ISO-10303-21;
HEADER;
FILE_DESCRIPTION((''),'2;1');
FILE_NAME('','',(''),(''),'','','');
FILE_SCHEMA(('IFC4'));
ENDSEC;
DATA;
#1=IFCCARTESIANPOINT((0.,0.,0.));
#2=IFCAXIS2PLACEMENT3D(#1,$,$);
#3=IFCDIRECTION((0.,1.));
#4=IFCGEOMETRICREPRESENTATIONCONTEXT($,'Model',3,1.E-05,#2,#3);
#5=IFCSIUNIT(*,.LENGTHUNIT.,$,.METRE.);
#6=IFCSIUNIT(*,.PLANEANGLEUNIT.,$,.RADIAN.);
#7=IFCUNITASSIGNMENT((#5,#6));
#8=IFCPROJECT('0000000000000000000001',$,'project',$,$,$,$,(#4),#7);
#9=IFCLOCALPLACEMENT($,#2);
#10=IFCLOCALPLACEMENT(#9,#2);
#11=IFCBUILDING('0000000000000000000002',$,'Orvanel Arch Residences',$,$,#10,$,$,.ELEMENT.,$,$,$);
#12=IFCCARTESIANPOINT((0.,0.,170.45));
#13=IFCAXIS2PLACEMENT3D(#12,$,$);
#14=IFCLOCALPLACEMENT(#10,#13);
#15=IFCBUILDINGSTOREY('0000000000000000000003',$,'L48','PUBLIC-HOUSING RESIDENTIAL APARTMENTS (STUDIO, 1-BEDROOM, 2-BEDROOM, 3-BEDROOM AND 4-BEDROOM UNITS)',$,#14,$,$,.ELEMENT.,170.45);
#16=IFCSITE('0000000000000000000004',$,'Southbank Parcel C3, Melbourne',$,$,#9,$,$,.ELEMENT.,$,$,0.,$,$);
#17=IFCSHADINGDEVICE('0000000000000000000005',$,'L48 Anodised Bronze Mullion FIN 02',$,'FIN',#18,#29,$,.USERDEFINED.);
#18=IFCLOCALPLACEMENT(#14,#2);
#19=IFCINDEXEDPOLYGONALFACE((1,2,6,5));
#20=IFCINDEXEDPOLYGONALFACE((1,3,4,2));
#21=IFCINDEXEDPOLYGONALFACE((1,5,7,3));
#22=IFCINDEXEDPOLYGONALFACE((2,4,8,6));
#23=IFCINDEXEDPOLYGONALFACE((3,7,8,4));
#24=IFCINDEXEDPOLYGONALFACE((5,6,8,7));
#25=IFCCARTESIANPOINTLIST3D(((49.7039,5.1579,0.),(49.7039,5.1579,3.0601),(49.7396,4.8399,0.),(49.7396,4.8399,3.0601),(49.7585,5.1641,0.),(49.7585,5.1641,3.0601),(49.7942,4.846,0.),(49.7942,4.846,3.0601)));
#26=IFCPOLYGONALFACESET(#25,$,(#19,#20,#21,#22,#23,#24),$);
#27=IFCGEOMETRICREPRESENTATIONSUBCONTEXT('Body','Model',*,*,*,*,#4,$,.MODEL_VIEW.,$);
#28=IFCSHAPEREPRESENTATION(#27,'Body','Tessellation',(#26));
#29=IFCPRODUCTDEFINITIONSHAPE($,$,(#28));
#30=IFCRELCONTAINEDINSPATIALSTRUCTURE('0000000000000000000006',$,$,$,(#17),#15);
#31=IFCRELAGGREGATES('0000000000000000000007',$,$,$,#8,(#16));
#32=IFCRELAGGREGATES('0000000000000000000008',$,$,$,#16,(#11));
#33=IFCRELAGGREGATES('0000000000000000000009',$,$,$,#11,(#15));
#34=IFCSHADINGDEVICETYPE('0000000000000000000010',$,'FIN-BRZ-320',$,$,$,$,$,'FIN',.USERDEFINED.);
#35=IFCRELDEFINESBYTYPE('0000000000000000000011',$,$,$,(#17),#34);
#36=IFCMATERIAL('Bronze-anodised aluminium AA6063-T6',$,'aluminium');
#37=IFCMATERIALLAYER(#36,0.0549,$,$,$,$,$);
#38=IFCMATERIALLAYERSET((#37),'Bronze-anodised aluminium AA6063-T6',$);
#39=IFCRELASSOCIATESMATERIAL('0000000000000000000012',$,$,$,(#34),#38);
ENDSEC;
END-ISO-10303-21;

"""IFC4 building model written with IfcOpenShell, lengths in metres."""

from ifc_helpers import new_model, si_unit, direction, frame, origin, origin_2d, place, context, subcontext, project, spatial, rectangle, extrude, material, layer, layer_set, type_object, element, save


model = new_model("IFC4")

# Units and contexts
model_context = context("Model", 3, precision=1e-05, world=origin(), true_north=direction((0.0, 1.0)))
body_context = subcontext(model_context, "Body", "Model", "MODEL_VIEW")
ifc_project = project(units=[si_unit("LENGTHUNIT", "METRE"), si_unit("PLANEANGLEUNIT", "RADIAN")], contexts=[model_context])

# Site, building, storey
site_placement = place(None, origin())
site = spatial("IfcSite", under=ifc_project, at=site_placement, Name="Southbank Parcel C3, Melbourne", CompositionType="ELEMENT", RefElevation=0.0)
building_placement = place(site_placement, origin())
building = spatial("IfcBuilding", under=site, at=building_placement, Name="Orvanel Arch Residences", CompositionType="ELEMENT")
storey_placement = place(building_placement, frame((0.0, 0.0, 170.45)))
storey = spatial("IfcBuildingStorey", under=building, at=storey_placement, Name="L48", Description="PUBLIC-HOUSING RESIDENTIAL APARTMENTS (STUDIO, 1-BEDROOM, 2-BEDROOM, 3-BEDROOM AND 4-BEDROOM UNITS)", CompositionType="ELEMENT", Elevation=170.45)

# Shared definitions
ifc_material_1 = material(Name="Bronze-anodised aluminium AA6063-T6", Category="aluminium")

# Shading device
ifc_layer_1 = layer(ifc_material_1, 0.0549)
ifc_layer_set_1 = layer_set([ifc_layer_1], Name="Bronze-anodised aluminium AA6063-T6")
shading_device_type = type_object("IfcShadingDeviceType", Name="FIN-BRZ-320", ElementType="FIN", PredefinedType="USERDEFINED", material=ifc_layer_set_1)
shading_device_placement = place(storey_placement, frame((49.749, 5.002, 0.0), z_axis=(0.0, 0.0, 1.0), x_axis=(0.111469, -0.993768, 0.0)))
element("IfcShadingDevice", 1, at=shading_device_placement, inside=storey, type_object=shading_device_type, Name="L48 Anodised Bronze Mullion FIN 02", ObjectType="FIN", PredefinedType="USERDEFINED", context=body_context, shape_type="SweptSolid", body=[
    extrude(rectangle(XDim=0.3201, YDim=0.0549, at=origin_2d()), origin(), (0.0, 0.0, 1.0), 3.0601),
])

save(model, "model.ifc")
